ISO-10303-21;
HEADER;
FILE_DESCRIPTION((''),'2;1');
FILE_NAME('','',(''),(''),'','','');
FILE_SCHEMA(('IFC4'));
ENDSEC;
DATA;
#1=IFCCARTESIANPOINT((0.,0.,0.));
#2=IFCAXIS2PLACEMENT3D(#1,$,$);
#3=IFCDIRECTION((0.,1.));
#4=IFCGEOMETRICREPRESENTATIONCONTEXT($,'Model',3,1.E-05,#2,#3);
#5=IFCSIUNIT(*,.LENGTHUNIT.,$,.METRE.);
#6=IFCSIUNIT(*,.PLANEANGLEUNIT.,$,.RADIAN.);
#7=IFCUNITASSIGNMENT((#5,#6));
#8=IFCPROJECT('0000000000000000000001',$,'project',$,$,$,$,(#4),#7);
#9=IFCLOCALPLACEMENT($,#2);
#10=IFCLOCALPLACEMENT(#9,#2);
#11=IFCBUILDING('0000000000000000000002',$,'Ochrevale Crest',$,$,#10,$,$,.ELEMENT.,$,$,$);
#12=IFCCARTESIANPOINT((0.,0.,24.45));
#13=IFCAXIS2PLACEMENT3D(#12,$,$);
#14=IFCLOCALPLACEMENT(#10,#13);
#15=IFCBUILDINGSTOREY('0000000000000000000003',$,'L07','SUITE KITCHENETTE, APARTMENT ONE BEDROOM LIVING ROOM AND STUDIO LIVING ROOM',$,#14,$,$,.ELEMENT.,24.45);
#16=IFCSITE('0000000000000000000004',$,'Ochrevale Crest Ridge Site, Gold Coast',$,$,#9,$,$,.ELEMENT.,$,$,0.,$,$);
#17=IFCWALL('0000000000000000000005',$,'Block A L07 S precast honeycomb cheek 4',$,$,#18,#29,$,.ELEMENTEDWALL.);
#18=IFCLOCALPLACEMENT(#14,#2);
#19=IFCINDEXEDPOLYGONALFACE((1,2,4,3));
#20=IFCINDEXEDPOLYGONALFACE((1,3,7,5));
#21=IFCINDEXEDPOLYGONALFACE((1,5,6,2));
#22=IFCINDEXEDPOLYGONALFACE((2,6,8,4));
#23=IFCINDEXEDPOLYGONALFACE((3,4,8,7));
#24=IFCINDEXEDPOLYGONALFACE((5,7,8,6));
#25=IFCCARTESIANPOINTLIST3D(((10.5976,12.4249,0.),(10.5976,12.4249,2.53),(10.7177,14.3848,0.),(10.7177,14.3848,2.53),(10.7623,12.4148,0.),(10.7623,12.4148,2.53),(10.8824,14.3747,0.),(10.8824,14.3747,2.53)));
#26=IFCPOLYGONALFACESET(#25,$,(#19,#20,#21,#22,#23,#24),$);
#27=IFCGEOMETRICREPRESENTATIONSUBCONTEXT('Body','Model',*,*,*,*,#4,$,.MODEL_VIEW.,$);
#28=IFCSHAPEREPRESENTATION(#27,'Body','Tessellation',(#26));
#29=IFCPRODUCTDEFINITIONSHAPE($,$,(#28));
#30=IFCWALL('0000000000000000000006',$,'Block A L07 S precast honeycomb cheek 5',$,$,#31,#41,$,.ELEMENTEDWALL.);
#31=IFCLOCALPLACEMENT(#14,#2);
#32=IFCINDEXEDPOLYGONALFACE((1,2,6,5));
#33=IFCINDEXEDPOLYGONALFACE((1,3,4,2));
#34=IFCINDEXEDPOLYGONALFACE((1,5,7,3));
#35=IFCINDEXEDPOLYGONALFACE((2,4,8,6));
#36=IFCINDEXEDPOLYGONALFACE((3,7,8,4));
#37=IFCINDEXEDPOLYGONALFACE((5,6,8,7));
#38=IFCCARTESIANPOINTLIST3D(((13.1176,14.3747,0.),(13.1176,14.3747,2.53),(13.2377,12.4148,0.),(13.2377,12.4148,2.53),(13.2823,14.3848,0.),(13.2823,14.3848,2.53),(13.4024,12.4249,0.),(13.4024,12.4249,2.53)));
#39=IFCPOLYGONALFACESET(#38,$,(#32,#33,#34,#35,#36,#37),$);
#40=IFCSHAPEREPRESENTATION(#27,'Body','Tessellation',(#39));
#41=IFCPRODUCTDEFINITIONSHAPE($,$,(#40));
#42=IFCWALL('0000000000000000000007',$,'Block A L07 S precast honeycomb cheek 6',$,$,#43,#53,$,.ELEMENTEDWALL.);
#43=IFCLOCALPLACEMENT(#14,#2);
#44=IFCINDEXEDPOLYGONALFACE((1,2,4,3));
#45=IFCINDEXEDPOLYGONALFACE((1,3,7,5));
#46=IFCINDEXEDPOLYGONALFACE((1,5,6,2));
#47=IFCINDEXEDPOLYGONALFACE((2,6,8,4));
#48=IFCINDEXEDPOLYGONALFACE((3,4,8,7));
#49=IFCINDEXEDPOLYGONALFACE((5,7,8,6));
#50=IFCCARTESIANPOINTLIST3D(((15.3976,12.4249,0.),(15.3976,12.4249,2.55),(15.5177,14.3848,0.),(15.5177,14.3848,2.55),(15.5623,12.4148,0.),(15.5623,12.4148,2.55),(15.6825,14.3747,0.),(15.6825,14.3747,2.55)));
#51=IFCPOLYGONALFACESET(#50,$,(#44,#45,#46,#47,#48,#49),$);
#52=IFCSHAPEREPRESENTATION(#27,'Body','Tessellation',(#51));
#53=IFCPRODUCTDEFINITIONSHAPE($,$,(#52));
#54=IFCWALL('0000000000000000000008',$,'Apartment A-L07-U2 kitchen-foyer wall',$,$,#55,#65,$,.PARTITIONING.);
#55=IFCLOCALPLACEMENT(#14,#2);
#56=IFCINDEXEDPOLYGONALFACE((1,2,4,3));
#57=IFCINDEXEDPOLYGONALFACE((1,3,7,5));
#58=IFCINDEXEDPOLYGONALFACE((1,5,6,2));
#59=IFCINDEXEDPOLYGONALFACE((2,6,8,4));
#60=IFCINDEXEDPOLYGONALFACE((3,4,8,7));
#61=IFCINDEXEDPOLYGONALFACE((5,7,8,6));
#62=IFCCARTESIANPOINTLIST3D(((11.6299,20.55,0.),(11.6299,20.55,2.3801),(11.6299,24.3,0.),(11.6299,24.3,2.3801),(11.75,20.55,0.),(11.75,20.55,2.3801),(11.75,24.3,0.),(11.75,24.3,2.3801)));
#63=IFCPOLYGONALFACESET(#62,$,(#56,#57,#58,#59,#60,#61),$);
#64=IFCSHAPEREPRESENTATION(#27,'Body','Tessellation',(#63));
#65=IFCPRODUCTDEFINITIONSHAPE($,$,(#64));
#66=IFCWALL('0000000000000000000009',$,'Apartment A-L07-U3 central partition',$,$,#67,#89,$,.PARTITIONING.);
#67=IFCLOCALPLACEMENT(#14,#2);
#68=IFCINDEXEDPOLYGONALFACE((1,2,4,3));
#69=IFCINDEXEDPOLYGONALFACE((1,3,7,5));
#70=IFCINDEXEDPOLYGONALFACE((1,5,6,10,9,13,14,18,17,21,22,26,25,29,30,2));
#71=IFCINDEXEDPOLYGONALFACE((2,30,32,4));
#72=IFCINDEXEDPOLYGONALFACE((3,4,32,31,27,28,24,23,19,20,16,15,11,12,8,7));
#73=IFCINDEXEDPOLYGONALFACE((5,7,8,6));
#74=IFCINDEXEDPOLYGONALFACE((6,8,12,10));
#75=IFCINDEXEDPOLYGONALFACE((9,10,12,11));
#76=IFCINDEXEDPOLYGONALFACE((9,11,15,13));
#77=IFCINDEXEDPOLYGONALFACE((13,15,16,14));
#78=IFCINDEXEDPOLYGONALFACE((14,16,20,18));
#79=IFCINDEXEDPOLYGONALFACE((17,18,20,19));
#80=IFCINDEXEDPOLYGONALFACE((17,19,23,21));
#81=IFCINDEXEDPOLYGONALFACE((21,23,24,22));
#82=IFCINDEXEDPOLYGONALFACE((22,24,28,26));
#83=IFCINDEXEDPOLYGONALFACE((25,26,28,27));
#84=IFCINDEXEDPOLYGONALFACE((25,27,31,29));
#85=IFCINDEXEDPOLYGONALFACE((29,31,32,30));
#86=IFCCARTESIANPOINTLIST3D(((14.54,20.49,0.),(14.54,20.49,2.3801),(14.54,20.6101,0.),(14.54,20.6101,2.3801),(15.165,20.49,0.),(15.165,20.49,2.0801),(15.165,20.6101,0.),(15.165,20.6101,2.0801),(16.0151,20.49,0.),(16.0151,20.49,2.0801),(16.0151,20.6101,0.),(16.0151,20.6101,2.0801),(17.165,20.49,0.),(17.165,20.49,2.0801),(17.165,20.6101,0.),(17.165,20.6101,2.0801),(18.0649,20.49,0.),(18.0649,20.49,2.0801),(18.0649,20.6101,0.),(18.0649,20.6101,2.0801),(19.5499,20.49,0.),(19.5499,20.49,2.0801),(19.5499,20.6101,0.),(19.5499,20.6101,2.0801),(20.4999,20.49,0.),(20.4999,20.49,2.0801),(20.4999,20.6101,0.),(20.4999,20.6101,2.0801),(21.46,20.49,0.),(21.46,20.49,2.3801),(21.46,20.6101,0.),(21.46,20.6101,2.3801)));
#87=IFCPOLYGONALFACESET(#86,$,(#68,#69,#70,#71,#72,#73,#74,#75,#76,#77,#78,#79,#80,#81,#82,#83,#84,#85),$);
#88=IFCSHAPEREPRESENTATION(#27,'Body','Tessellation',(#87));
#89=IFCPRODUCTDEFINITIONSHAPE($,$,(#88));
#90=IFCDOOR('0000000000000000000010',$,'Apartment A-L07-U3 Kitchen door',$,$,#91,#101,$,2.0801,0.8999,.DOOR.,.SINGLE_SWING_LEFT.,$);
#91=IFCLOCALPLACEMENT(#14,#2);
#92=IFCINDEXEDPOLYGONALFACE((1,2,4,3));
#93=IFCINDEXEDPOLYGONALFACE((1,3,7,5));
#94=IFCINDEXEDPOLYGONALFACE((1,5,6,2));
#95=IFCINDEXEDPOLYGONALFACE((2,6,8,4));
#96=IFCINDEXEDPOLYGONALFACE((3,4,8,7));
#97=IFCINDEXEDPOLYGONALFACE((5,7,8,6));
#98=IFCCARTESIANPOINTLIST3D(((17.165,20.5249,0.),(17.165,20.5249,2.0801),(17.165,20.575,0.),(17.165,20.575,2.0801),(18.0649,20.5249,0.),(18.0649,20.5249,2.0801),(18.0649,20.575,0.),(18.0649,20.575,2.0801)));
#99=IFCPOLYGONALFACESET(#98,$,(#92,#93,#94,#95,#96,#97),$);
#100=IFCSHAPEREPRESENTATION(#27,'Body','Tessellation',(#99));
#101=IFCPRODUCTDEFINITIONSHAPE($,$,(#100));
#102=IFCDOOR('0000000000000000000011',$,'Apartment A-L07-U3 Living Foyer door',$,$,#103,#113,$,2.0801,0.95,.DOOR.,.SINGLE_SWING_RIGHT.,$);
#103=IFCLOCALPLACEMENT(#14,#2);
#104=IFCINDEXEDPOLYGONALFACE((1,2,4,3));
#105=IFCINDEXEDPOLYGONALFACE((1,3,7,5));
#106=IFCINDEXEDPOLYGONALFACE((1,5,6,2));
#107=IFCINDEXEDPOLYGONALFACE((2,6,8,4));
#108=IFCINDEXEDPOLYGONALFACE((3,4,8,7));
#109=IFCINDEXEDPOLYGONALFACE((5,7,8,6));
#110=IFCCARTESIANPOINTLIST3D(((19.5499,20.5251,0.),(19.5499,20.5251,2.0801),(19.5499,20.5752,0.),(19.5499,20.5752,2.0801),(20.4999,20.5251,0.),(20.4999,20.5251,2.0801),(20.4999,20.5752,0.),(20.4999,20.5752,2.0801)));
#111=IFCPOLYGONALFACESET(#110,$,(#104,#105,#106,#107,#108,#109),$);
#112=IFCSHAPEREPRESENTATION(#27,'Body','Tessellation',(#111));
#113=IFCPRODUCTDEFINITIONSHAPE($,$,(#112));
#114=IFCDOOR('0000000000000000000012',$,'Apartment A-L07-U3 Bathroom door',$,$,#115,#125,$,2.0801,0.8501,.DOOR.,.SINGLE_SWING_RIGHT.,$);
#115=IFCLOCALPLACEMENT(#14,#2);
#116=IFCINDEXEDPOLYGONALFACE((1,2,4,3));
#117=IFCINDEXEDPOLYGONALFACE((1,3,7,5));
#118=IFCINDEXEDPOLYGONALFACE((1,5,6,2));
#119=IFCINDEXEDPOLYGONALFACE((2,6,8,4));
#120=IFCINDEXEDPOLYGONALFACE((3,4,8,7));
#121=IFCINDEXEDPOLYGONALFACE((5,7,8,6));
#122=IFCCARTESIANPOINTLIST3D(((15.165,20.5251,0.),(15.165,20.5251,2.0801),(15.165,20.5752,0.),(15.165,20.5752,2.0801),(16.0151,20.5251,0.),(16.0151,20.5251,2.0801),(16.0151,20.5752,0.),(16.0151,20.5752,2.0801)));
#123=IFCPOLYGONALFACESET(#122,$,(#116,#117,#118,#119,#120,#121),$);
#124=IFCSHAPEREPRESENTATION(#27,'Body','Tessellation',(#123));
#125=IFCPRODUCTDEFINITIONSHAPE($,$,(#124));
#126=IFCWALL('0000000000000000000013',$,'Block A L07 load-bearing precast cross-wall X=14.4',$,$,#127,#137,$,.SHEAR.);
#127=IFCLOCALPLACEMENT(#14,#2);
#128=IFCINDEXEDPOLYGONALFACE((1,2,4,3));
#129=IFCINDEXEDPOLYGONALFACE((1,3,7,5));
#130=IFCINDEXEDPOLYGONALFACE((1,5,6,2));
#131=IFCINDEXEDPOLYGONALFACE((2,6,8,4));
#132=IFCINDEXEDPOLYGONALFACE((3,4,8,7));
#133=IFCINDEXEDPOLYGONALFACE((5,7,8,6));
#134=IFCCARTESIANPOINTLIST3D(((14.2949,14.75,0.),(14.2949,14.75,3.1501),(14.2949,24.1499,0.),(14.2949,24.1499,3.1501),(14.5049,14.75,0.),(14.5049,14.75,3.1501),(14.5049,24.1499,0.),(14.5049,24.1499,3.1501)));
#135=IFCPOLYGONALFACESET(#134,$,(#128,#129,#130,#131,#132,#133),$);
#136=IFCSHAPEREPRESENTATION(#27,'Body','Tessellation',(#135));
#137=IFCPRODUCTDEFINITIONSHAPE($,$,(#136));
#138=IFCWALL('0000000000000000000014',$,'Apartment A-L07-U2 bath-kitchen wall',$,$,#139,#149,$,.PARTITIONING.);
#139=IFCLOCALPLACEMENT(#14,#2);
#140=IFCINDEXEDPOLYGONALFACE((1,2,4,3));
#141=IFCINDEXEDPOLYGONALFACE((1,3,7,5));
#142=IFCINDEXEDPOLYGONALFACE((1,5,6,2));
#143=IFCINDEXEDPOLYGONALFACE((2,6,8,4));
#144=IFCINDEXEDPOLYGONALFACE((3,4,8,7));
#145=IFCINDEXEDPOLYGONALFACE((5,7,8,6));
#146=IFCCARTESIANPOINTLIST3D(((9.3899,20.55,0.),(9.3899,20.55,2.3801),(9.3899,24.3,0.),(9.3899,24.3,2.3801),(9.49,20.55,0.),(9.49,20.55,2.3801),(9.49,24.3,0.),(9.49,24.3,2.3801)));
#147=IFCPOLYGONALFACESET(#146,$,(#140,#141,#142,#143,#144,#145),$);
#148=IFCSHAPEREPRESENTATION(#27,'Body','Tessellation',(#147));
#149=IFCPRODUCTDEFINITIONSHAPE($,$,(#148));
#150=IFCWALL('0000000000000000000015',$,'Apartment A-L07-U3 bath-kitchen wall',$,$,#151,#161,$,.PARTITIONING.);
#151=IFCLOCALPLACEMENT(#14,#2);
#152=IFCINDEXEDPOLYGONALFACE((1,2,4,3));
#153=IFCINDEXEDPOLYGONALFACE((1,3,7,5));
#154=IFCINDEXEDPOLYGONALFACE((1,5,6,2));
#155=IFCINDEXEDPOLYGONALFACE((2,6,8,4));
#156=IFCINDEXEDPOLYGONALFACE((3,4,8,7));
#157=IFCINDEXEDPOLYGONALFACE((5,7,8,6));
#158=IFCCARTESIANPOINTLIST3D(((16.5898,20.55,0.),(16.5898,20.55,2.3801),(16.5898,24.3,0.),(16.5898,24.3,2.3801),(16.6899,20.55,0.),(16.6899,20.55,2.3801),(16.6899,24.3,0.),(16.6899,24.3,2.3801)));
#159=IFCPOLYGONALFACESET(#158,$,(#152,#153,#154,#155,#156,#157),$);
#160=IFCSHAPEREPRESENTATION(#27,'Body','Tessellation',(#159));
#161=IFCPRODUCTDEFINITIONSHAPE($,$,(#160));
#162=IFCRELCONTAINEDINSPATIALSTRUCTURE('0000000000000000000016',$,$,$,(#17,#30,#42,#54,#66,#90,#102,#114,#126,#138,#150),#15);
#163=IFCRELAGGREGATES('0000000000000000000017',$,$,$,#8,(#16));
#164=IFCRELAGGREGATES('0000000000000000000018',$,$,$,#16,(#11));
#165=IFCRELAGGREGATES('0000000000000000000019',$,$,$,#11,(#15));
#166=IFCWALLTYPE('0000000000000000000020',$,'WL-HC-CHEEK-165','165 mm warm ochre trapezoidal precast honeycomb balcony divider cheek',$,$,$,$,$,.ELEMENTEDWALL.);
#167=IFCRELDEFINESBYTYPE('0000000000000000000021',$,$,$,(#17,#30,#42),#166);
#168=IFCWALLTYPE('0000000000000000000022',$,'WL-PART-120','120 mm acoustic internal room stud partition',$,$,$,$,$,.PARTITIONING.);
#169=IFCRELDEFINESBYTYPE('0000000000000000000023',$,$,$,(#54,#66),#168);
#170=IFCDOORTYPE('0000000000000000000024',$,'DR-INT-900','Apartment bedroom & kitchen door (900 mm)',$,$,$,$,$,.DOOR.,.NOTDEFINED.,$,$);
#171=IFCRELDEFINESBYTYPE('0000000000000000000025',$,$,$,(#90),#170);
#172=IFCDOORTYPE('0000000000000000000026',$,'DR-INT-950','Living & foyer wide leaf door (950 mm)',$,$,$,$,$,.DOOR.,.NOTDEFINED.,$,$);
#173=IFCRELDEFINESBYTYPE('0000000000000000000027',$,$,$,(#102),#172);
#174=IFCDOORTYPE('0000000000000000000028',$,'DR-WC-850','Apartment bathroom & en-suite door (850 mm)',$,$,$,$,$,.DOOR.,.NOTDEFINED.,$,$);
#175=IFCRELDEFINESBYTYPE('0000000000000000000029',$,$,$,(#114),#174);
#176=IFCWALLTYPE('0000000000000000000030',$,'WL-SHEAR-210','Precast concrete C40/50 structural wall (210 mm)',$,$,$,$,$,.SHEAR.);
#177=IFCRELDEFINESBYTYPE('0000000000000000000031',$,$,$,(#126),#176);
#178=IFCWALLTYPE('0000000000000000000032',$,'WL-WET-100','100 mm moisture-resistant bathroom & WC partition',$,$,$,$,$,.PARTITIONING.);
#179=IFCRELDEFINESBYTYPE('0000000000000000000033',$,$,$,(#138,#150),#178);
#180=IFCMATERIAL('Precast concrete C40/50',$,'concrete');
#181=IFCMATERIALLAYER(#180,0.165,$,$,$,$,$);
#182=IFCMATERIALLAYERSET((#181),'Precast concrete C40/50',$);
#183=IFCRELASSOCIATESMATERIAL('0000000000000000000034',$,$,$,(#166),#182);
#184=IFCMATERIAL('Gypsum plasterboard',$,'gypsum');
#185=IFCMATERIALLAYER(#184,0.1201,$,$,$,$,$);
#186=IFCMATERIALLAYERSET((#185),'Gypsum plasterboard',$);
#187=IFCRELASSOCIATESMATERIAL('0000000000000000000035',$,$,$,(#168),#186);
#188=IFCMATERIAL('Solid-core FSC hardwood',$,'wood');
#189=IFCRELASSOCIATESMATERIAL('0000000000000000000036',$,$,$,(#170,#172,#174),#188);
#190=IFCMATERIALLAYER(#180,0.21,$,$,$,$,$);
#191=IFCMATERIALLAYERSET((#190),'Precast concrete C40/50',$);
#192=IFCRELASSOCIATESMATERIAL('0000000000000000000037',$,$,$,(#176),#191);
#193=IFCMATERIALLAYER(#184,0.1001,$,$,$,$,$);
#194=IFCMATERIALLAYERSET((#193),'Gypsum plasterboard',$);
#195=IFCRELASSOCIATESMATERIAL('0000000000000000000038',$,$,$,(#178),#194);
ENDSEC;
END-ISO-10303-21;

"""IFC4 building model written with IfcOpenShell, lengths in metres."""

from ifc_helpers import new_model, si_unit, direction, frame, frame_2d, origin, place, context, subcontext, project, spatial, rectangle, extrude, material, layer, layer_set, type_object, element, fill, save


model = new_model("IFC4")

# Units and contexts
model_context = context("Model", 3, precision=1e-05, world=origin(), true_north=direction((0.0, 1.0)))
body_context = subcontext(model_context, "Body", "Model", "MODEL_VIEW")
ifc_project = project(units=[si_unit("LENGTHUNIT", "METRE"), si_unit("PLANEANGLEUNIT", "RADIAN")], contexts=[model_context])

# Site, building, storey
site_placement = place(None, origin())
site = spatial("IfcSite", under=ifc_project, at=site_placement, Name="Ochrevale Crest Ridge Site, Gold Coast", CompositionType="ELEMENT", RefElevation=0.0)
building_placement = place(site_placement, origin())
building = spatial("IfcBuilding", under=site, at=building_placement, Name="Ochrevale Crest", CompositionType="ELEMENT")
storey_placement = place(building_placement, frame((0.0, 0.0, 24.45)))
storey = spatial("IfcBuildingStorey", under=building, at=storey_placement, Name="L07", Description="SUITE KITCHENETTE, APARTMENT ONE BEDROOM LIVING ROOM AND STUDIO LIVING ROOM", CompositionType="ELEMENT", Elevation=24.45)

# Shared definitions
ifc_material_1 = material(Name="Precast concrete C40/50", Category="concrete")

# Walls
ifc_layer_1 = layer(ifc_material_1, 0.165)
ifc_layer_set_1 = layer_set([ifc_layer_1], Name="Precast concrete C40/50")
wall_type_1 = type_object("IfcWallType", Name="WL-HC-CHEEK-165", Description="165 mm warm ochre trapezoidal precast honeycomb balcony divider cheek", PredefinedType="ELEMENTEDWALL", material=ifc_layer_set_1)
for number, where, z_axis, x_axis, name in (
    (1, (10.8, 14.3799, 0.0), (0.0, 0.0, 1.0), (-0.061171, -0.998127, 0.0), "Block A L07 S precast honeycomb cheek 4"),
    (2, (13.2, 14.3799, 0.0), (0.0, 0.0, 1.0), (0.061171, -0.998127, 0.0), "Block A L07 S precast honeycomb cheek 5"),
):
    element("IfcWall", number, at=place(storey_placement, frame(where, z_axis=z_axis, x_axis=x_axis)), inside=storey, type_object=wall_type_1, Name=name, PredefinedType="ELEMENTEDWALL", context=body_context, shape_type="SweptSolid", body=[
        extrude(rectangle(XDim=1.9636, YDim=0.165, at=frame_2d((0.9819, 0.0))), origin(), (0.0, 0.0, 1.0), 2.53),
    ])
wall_1_placement = place(storey_placement, frame((15.6001, 14.3799, 0.0), z_axis=(0.0, 0.0, 1.0), x_axis=(-0.061171, -0.998127, 0.0)))
element("IfcWall", 3, at=wall_1_placement, inside=storey, type_object=wall_type_1, Name="Block A L07 S precast honeycomb cheek 6", PredefinedType="ELEMENTEDWALL", context=body_context, shape_type="SweptSolid", body=[
    extrude(rectangle(XDim=1.9636, YDim=0.165, at=frame_2d((0.9819, 0.0))), origin(), (0.0, 0.0, 1.0), 2.55),
])
ifc_material_2 = material(Name="Gypsum plasterboard", Category="gypsum")
ifc_layer_2 = layer(ifc_material_2, 0.1201)
ifc_layer_set_2 = layer_set([ifc_layer_2], Name="Gypsum plasterboard")
wall_type_2 = type_object("IfcWallType", Name="WL-PART-120", Description="120 mm acoustic internal room stud partition", PredefinedType="PARTITIONING", material=ifc_layer_set_2)
wall_2_placement = place(storey_placement, frame((11.6899, 20.55, 0.0), z_axis=(0.0, 0.0, 1.0), x_axis=(0.0, 1.0, 0.0)))
element("IfcWall", 4, at=wall_2_placement, inside=storey, type_object=wall_type_2, Name="Apartment A-L07-U2 kitchen-foyer wall", PredefinedType="PARTITIONING", context=body_context, shape_type="SweptSolid", body=[
    extrude(rectangle(XDim=3.75, YDim=0.1201, at=frame_2d((1.875, 0.0))), origin(), (0.0, 0.0, 1.0), 2.3801),
])

# Wall, openings, doors
wall_3_placement = place(storey_placement, frame((14.54, 20.55, 0.0), z_axis=(0.0, 0.0, 1.0), x_axis=(1.0, 0.0, 0.0)))
wall_3 = element("IfcWall", 5, at=wall_3_placement, inside=storey, type_object=wall_type_2, Name="Apartment A-L07-U3 central partition", PredefinedType="PARTITIONING", context=body_context, shape_type="SweptSolid", body=[
    extrude(rectangle(XDim=6.9199, YDim=0.1201, at=frame_2d((3.46, 0.0))), origin(), (0.0, 0.0, 1.0), 2.3801),
])
opening_1_placement = place(wall_3_placement, frame((1.4751, 0.0, 0.0), z_axis=(0.0, 0.0, 1.0), x_axis=(-1.0, 0.0, 0.0)))
opening_1 = element("IfcOpeningElement", 6, at=opening_1_placement, cuts=wall_3, PredefinedType="OPENING", context=body_context, shape_type="SweptSolid", body=[
    extrude(rectangle(XDim=0.8501, YDim=2.0801, at=frame_2d((0.425, 1.04))), frame((0.0, 0.0701, 0.0), z_axis=(0.0, -1.0, 0.0), x_axis=(1.0, 0.0, 0.0)), (0.0, 0.0, 1.0), 0.1401),
])
opening_2_placement = place(wall_3_placement, frame((2.625, 0.0, 0.0)))
opening_2 = element("IfcOpeningElement", 7, at=opening_2_placement, cuts=wall_3, PredefinedType="OPENING", context=body_context, shape_type="SweptSolid", body=[
    extrude(rectangle(XDim=0.8999, YDim=2.0801, at=frame_2d((0.45, 1.04))), frame((0.0, 0.0701, 0.0), z_axis=(0.0, -1.0, 0.0), x_axis=(1.0, 0.0, 0.0)), (0.0, 0.0, 1.0), 0.1401),
])
opening_3_placement = place(wall_3_placement, frame((5.96, 0.0, 0.0), z_axis=(0.0, 0.0, 1.0), x_axis=(-1.0, 0.0, 0.0)))
opening_3 = element("IfcOpeningElement", 8, at=opening_3_placement, cuts=wall_3, PredefinedType="OPENING", context=body_context, shape_type="SweptSolid", body=[
    extrude(rectangle(XDim=0.95, YDim=2.0801, at=frame_2d((0.4751, 1.04))), frame((0.0, 0.0701, 0.0), z_axis=(0.0, -1.0, 0.0), x_axis=(1.0, 0.0, 0.0)), (0.0, 0.0, 1.0), 0.1401),
])
ifc_material_3 = material(Name="Solid-core FSC hardwood", Category="wood")
door_type_1 = type_object("IfcDoorType", Name="DR-INT-900", Description="Apartment bedroom & kitchen door (900 mm)", OperationType="NOTDEFINED", PredefinedType="DOOR", material=ifc_material_3)
door_1_placement = place(opening_2_placement, origin())
door_1 = element("IfcDoor", 9, at=door_1_placement, inside=storey, type_object=door_type_1, Name="Apartment A-L07-U3 Kitchen door", OperationType="SINGLE_SWING_LEFT", OverallHeight=2.0801, OverallWidth=0.8999, PredefinedType="DOOR", context=body_context, shape_type="SweptSolid", body=[
    extrude(rectangle(XDim=0.8999, YDim=2.0801, at=frame_2d((0.45, 1.04))), frame((0.0, 0.0249, 0.0), z_axis=(0.0, -1.0, 0.0), x_axis=(1.0, 0.0, 0.0)), (0.0, 0.0, 1.0), 0.05),
])
fill(opening_2, door_1)
door_type_2 = type_object("IfcDoorType", Name="DR-INT-950", Description="Living & foyer wide leaf door (950 mm)", OperationType="NOTDEFINED", PredefinedType="DOOR", material=ifc_material_3)
door_2_placement = place(opening_3_placement, origin())
door_2 = element("IfcDoor", 10, at=door_2_placement, inside=storey, type_object=door_type_2, Name="Apartment A-L07-U3 Living Foyer door", OperationType="SINGLE_SWING_RIGHT", OverallHeight=2.0801, OverallWidth=0.95, PredefinedType="DOOR", context=body_context, shape_type="SweptSolid", body=[
    extrude(rectangle(XDim=0.95, YDim=2.0801, at=frame_2d((0.4751, 1.04))), frame((0.0, 0.0249, 0.0), z_axis=(0.0, -1.0, 0.0), x_axis=(1.0, 0.0, 0.0)), (0.0, 0.0, 1.0), 0.05),
])
fill(opening_3, door_2)
door_type_3 = type_object("IfcDoorType", Name="DR-WC-850", Description="Apartment bathroom & en-suite door (850 mm)", OperationType="NOTDEFINED", PredefinedType="DOOR", material=ifc_material_3)
door_3_placement = place(opening_1_placement, origin())
door_3 = element("IfcDoor", 11, at=door_3_placement, inside=storey, type_object=door_type_3, Name="Apartment A-L07-U3 Bathroom door", OperationType="SINGLE_SWING_RIGHT", OverallHeight=2.0801, OverallWidth=0.8501, PredefinedType="DOOR", context=body_context, shape_type="SweptSolid", body=[
    extrude(rectangle(XDim=0.8501, YDim=2.0801, at=frame_2d((0.425, 1.04))), frame((0.0, 0.0249, 0.0), z_axis=(0.0, -1.0, 0.0), x_axis=(1.0, 0.0, 0.0)), (0.0, 0.0, 1.0), 0.05),
])
fill(opening_1, door_3)

# Walls
ifc_layer_3 = layer(ifc_material_1, 0.21)
ifc_layer_set_3 = layer_set([ifc_layer_3], Name="Precast concrete C40/50")
wall_type_3 = type_object("IfcWallType", Name="WL-SHEAR-210", Description="Precast concrete C40/50 structural wall (210 mm)", PredefinedType="SHEAR", material=ifc_layer_set_3)
wall_4_placement = place(storey_placement, frame((14.3999, 14.75, 0.0), z_axis=(0.0, 0.0, 1.0), x_axis=(0.0, 1.0, 0.0)))
element("IfcWall", 12, at=wall_4_placement, inside=storey, type_object=wall_type_3, Name="Block A L07 load-bearing precast cross-wall X=14.4", PredefinedType="SHEAR", context=body_context, shape_type="SweptSolid", body=[
    extrude(rectangle(XDim=9.3999, YDim=0.21, at=frame_2d((4.7, 0.0))), origin(), (0.0, 0.0, 1.0), 3.1501),
])
ifc_layer_4 = layer(ifc_material_2, 0.1001)
ifc_layer_set_4 = layer_set([ifc_layer_4], Name="Gypsum plasterboard")
wall_type_4 = type_object("IfcWallType", Name="WL-WET-100", Description="100 mm moisture-resistant bathroom & WC partition", PredefinedType="PARTITIONING", material=ifc_layer_set_4)
for number, where, z_axis, x_axis, name in (
    (13, (9.4399, 20.55, 0.0), (0.0, 0.0, 1.0), (0.0, 1.0, 0.0), "Apartment A-L07-U2 bath-kitchen wall"),
    (14, (16.6399, 20.55, 0.0), (0.0, 0.0, 1.0), (0.0, 1.0, 0.0), "Apartment A-L07-U3 bath-kitchen wall"),
):
    element("IfcWall", number, at=place(storey_placement, frame(where, z_axis=z_axis, x_axis=x_axis)), inside=storey, type_object=wall_type_4, Name=name, PredefinedType="PARTITIONING", context=body_context, shape_type="SweptSolid", body=[
        extrude(rectangle(XDim=3.75, YDim=0.1001, at=frame_2d((1.875, 0.0))), origin(), (0.0, 0.0, 1.0), 2.3801),
    ])

save(model, "model.ifc")
